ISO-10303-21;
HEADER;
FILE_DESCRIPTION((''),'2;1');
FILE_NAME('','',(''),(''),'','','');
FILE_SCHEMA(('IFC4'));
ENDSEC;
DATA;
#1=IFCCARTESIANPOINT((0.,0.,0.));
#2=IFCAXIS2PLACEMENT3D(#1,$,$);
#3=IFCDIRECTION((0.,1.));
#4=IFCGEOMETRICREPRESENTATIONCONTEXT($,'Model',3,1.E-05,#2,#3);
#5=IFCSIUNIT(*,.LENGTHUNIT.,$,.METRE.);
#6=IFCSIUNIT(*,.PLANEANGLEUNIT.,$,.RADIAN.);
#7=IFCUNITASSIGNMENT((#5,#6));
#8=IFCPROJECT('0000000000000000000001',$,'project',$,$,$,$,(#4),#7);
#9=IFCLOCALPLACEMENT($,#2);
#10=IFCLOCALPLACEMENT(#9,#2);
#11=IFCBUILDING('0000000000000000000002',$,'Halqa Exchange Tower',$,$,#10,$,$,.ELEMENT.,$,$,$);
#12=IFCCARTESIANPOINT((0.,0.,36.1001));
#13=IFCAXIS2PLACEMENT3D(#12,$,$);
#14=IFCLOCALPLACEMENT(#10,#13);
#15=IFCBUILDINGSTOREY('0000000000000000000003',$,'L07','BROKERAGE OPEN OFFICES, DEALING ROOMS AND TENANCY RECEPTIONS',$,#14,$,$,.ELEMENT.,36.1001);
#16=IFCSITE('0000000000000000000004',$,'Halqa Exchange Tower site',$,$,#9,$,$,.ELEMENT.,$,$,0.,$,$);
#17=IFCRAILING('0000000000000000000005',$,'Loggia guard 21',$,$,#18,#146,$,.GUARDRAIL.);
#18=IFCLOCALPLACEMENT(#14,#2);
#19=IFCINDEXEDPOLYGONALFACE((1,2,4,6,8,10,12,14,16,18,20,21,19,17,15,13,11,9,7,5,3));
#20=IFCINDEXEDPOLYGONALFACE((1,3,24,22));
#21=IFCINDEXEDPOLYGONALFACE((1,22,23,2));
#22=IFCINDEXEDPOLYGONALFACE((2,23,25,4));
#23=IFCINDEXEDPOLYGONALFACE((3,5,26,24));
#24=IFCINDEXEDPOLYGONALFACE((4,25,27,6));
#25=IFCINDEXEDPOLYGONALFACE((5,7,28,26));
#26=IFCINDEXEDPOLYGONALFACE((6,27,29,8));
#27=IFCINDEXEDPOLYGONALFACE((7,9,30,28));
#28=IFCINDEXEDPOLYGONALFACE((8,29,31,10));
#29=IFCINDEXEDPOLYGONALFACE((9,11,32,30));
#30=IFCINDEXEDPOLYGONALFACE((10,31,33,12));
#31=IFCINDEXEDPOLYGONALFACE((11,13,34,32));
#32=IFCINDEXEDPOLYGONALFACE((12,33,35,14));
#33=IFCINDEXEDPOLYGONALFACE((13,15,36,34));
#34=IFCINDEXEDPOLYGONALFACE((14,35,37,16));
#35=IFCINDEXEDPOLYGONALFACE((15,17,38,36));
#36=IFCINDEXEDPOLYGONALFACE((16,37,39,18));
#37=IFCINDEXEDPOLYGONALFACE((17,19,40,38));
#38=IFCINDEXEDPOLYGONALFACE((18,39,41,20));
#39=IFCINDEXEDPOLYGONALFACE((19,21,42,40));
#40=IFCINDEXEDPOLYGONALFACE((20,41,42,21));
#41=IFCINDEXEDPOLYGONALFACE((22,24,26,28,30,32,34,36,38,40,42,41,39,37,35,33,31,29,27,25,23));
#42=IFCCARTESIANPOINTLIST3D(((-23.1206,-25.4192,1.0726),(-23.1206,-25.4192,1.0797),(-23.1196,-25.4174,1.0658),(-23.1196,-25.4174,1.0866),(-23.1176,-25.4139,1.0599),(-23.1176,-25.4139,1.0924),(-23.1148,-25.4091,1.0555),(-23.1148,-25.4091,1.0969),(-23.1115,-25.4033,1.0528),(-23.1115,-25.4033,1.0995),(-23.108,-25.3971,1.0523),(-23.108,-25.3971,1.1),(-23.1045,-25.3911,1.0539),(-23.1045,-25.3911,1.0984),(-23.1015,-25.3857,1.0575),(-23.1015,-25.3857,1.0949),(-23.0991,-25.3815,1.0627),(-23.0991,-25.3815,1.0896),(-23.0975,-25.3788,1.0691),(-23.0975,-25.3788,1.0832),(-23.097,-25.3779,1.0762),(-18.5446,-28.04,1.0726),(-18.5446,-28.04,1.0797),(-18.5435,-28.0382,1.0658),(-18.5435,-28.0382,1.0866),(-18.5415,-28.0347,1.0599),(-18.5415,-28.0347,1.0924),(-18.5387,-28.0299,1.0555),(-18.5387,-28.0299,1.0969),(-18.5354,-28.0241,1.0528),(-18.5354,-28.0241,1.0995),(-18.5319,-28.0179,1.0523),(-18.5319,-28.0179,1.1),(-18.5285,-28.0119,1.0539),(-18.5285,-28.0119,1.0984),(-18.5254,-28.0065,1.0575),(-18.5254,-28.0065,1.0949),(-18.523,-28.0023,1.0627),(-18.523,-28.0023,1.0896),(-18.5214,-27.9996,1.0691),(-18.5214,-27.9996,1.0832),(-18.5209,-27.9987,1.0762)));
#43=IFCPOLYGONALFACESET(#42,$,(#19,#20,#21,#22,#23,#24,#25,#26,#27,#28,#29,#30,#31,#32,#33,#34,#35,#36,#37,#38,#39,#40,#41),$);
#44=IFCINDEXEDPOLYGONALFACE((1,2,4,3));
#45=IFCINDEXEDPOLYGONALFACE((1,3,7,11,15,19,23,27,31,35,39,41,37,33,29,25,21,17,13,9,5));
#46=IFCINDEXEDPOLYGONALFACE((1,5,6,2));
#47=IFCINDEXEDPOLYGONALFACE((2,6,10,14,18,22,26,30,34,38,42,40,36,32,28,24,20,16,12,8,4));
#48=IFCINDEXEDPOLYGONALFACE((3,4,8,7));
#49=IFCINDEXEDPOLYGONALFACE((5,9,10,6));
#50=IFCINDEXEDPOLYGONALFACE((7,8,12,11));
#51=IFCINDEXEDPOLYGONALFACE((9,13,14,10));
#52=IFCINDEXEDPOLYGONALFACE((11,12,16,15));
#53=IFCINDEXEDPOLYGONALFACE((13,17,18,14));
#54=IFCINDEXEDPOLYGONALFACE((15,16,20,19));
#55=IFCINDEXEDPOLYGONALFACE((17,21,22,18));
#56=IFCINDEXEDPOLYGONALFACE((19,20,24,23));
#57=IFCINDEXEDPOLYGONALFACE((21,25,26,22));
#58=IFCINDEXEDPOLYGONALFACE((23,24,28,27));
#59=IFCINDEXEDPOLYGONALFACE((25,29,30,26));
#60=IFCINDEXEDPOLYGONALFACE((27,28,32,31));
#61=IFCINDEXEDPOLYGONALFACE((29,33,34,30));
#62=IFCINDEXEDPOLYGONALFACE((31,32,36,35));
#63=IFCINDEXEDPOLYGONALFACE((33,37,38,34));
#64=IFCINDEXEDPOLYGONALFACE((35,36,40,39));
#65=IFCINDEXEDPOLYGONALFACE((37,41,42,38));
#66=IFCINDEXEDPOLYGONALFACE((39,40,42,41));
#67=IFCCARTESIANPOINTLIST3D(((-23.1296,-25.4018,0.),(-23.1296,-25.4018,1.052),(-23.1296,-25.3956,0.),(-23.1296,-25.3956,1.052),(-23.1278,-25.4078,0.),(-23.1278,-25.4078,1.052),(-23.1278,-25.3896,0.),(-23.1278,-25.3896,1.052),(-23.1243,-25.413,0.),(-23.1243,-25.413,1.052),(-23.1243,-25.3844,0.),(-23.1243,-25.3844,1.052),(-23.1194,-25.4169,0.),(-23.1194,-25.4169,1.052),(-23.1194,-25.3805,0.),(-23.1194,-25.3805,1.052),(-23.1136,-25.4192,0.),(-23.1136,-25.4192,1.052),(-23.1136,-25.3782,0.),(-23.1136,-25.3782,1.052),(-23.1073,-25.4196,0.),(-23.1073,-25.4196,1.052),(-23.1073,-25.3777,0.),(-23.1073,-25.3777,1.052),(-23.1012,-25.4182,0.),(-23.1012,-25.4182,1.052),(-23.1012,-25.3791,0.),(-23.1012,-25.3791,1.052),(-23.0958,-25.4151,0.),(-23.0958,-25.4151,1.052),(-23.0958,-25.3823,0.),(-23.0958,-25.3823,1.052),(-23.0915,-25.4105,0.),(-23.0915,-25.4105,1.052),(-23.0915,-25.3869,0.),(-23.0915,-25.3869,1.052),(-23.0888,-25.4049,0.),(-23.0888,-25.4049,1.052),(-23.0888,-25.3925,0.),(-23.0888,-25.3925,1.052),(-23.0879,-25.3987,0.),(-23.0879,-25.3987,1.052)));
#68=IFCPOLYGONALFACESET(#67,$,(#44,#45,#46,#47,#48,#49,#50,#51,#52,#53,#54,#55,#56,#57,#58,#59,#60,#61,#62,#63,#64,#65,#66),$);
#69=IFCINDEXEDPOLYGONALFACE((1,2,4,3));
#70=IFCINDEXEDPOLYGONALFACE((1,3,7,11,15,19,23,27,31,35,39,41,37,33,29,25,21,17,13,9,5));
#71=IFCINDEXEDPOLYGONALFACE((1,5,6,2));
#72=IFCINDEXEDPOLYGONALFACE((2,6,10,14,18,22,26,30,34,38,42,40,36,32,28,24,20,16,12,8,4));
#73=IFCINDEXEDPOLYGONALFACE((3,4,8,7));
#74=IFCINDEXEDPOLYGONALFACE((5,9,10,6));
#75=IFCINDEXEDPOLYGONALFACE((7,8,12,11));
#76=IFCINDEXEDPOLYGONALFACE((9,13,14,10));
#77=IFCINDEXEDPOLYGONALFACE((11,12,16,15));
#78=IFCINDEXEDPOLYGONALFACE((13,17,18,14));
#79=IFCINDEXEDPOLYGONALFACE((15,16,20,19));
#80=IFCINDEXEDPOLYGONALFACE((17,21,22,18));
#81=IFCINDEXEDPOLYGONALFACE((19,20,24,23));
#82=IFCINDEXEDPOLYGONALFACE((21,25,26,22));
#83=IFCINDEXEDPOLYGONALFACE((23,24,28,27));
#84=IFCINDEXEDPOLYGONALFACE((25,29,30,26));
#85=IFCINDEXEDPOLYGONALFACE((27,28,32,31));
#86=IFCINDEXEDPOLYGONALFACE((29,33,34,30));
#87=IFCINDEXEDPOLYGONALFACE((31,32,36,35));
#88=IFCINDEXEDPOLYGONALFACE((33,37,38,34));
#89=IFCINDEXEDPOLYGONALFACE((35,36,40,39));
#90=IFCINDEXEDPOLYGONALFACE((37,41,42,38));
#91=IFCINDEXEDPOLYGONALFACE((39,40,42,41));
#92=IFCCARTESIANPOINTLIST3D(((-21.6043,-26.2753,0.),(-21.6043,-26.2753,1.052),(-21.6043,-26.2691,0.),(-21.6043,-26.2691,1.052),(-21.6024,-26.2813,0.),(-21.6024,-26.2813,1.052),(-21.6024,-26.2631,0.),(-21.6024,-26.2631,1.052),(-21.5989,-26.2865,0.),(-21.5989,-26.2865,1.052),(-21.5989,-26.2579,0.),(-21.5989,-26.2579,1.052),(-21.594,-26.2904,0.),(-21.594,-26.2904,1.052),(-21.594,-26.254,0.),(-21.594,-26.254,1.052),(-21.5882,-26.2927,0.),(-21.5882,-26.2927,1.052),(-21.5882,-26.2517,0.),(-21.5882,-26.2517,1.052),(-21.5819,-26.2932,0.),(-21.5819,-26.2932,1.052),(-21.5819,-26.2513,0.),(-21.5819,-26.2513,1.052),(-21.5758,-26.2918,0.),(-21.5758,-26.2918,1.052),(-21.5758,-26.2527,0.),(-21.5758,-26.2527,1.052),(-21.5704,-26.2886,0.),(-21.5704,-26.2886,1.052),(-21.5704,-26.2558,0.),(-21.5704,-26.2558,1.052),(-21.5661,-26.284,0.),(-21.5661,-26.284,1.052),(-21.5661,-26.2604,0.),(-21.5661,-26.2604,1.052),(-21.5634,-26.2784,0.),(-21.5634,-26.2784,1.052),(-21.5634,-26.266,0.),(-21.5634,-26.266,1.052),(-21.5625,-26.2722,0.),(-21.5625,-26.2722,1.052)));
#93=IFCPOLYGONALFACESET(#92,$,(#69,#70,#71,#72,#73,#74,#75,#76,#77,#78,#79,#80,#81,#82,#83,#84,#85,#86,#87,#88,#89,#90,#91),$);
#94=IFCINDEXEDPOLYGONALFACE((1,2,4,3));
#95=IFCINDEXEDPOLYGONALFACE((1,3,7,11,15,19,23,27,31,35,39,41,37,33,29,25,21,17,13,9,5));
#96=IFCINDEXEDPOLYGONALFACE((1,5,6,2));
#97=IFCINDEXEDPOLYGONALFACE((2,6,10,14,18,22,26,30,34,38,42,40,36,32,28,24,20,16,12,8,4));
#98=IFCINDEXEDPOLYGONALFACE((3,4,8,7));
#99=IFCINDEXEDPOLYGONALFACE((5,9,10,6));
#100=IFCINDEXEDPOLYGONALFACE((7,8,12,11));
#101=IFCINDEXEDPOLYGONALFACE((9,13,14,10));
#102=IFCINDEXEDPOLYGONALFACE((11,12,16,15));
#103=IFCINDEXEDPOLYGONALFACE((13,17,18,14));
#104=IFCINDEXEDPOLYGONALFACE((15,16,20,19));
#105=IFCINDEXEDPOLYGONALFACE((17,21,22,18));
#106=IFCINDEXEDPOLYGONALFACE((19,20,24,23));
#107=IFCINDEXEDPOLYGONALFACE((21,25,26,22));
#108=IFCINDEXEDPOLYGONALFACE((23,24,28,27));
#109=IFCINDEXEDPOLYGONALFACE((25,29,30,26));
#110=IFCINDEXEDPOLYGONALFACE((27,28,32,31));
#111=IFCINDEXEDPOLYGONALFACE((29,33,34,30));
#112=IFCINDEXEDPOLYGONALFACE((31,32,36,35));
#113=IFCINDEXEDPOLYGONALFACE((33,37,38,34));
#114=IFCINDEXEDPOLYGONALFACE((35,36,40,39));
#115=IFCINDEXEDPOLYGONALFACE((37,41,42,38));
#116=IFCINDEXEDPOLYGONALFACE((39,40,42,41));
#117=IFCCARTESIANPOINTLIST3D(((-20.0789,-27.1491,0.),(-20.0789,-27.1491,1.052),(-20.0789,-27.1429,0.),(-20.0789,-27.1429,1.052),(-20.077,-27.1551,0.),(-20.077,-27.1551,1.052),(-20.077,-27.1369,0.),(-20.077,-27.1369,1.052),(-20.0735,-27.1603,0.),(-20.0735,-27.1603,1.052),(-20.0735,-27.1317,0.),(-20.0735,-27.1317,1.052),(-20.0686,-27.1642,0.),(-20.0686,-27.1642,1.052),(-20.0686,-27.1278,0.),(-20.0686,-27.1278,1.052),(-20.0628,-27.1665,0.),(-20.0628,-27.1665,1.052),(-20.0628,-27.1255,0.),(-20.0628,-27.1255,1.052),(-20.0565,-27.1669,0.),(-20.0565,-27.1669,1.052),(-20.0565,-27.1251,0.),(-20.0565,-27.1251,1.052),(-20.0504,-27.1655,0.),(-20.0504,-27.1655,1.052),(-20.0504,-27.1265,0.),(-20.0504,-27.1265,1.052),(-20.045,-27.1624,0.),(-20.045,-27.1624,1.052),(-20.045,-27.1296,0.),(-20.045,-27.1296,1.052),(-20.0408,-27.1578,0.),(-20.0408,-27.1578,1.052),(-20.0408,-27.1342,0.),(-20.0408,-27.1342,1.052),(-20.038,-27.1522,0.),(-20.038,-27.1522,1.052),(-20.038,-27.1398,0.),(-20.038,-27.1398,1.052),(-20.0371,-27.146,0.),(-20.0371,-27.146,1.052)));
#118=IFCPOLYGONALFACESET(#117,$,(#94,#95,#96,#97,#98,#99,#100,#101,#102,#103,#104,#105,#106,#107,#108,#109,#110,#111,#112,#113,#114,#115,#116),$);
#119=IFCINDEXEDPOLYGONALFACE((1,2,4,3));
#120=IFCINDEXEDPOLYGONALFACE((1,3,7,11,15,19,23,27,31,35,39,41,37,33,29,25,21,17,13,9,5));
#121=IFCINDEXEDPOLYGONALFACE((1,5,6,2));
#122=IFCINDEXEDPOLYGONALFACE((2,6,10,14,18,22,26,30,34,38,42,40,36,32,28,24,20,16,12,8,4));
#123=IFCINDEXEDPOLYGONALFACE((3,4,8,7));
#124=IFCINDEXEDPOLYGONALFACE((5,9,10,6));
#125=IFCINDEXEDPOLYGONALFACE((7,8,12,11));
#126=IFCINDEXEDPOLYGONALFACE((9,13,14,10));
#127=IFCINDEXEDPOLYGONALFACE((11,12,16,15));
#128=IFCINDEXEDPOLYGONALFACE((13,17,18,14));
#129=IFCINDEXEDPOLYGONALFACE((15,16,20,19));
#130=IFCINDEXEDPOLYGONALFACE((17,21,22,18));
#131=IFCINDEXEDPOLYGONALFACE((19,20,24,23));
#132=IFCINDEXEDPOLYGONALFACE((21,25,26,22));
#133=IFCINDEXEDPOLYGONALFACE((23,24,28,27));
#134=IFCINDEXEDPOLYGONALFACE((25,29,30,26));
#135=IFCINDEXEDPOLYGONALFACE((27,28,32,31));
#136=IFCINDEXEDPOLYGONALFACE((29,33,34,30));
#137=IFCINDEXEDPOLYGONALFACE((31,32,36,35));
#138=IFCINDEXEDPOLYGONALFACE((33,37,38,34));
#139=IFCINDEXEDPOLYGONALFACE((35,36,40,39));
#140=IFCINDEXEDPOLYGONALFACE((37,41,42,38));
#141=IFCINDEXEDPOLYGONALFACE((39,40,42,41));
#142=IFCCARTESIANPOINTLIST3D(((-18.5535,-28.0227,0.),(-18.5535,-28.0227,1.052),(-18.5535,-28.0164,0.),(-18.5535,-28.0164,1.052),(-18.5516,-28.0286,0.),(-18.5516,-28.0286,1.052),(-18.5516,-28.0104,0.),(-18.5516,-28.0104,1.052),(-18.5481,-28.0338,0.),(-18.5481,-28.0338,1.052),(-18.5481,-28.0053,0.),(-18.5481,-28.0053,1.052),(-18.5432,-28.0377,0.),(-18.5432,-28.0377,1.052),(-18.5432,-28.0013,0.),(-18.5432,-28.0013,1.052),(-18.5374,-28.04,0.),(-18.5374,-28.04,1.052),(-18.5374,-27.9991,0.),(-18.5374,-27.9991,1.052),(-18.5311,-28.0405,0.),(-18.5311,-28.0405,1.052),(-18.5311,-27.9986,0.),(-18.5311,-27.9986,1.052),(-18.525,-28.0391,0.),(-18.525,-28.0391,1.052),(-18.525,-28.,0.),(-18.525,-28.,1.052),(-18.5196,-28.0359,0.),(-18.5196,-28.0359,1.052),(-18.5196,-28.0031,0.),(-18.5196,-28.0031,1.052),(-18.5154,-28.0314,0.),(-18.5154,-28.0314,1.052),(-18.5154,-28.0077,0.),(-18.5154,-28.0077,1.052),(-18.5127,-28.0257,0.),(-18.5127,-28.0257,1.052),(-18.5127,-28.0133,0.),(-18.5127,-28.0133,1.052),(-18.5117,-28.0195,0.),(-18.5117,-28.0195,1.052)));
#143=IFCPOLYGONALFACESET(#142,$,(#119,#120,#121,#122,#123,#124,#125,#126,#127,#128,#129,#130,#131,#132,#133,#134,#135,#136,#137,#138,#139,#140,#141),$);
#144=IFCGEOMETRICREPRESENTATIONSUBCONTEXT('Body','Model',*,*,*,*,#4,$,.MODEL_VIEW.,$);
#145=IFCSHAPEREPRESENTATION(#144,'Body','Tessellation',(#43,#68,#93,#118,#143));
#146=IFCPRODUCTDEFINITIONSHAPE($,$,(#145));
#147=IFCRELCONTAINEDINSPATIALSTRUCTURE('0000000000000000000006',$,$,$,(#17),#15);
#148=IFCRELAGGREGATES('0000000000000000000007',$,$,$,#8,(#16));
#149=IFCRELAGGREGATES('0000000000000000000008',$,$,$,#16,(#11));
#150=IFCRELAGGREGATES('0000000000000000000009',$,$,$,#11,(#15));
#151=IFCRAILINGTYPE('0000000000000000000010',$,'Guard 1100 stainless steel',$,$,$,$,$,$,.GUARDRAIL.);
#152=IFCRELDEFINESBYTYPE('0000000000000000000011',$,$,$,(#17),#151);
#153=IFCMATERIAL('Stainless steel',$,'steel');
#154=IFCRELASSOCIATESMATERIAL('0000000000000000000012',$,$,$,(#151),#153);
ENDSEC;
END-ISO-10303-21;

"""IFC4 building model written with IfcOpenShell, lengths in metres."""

from ifc_helpers import new_model, si_unit, direction, frame, origin, origin_2d, place, context, subcontext, project, spatial, circle, extrude, material, type_object, element, save


model = new_model("IFC4")

# Units and contexts
model_context = context("Model", 3, precision=1e-05, world=origin(), true_north=direction((0.0, 1.0)))
body_context = subcontext(model_context, "Body", "Model", "MODEL_VIEW")
ifc_project = project(units=[si_unit("LENGTHUNIT", "METRE"), si_unit("PLANEANGLEUNIT", "RADIAN")], contexts=[model_context])

# Site, building, storey
site_placement = place(None, origin())
site = spatial("IfcSite", under=ifc_project, at=site_placement, Name="Halqa Exchange Tower site", CompositionType="ELEMENT", RefElevation=0.0)
building_placement = place(site_placement, origin())
building = spatial("IfcBuilding", under=site, at=building_placement, Name="Halqa Exchange Tower", CompositionType="ELEMENT")
storey_placement = place(building_placement, frame((0.0, 0.0, 36.1001)))
storey = spatial("IfcBuildingStorey", under=building, at=storey_placement, Name="L07", Description="BROKERAGE OPEN OFFICES, DEALING ROOMS AND TENANCY RECEPTIONS", CompositionType="ELEMENT", Elevation=36.1001)

# Railing
ifc_material_1 = material(Name="Stainless steel", Category="steel")
railing_type = type_object("IfcRailingType", Name="Guard 1100 stainless steel", PredefinedType="GUARDRAIL", material=ifc_material_1)
railing_1_placement = place(storey_placement, frame((-23.1089, -25.3987, 0.0)))
element("IfcRailing", 1, at=railing_1_placement, inside=storey, type_object=railing_type, Name="Loggia guard 21", PredefinedType="GUARDRAIL", context=body_context, shape_type="SweptSolid", body=[
    extrude(circle(Radius=0.0239, at=origin_2d()), frame((0.0, 0.0, 1.0762), z_axis=(0.867761, -0.496981, 0.0), x_axis=(0.496981, 0.867761, 0.0)), (0.0, 0.0, 1.0), 5.2734),
    extrude(circle(Radius=0.021, at=origin_2d()), origin(), (0.0, 0.0, 1.0), 1.052),
    extrude(circle(Radius=0.021, at=origin_2d()), frame((1.5254, -0.8735, 0.0)), (0.0, 0.0, 1.0), 1.052),
    extrude(circle(Radius=0.021, at=origin_2d()), frame((3.0508, -1.7473, 0.0)), (0.0, 0.0, 1.0), 1.052),
    extrude(circle(Radius=0.021, at=origin_2d()), frame((4.5762, -2.6208, 0.0)), (0.0, 0.0, 1.0), 1.052),
])

save(model, "model.ifc")
